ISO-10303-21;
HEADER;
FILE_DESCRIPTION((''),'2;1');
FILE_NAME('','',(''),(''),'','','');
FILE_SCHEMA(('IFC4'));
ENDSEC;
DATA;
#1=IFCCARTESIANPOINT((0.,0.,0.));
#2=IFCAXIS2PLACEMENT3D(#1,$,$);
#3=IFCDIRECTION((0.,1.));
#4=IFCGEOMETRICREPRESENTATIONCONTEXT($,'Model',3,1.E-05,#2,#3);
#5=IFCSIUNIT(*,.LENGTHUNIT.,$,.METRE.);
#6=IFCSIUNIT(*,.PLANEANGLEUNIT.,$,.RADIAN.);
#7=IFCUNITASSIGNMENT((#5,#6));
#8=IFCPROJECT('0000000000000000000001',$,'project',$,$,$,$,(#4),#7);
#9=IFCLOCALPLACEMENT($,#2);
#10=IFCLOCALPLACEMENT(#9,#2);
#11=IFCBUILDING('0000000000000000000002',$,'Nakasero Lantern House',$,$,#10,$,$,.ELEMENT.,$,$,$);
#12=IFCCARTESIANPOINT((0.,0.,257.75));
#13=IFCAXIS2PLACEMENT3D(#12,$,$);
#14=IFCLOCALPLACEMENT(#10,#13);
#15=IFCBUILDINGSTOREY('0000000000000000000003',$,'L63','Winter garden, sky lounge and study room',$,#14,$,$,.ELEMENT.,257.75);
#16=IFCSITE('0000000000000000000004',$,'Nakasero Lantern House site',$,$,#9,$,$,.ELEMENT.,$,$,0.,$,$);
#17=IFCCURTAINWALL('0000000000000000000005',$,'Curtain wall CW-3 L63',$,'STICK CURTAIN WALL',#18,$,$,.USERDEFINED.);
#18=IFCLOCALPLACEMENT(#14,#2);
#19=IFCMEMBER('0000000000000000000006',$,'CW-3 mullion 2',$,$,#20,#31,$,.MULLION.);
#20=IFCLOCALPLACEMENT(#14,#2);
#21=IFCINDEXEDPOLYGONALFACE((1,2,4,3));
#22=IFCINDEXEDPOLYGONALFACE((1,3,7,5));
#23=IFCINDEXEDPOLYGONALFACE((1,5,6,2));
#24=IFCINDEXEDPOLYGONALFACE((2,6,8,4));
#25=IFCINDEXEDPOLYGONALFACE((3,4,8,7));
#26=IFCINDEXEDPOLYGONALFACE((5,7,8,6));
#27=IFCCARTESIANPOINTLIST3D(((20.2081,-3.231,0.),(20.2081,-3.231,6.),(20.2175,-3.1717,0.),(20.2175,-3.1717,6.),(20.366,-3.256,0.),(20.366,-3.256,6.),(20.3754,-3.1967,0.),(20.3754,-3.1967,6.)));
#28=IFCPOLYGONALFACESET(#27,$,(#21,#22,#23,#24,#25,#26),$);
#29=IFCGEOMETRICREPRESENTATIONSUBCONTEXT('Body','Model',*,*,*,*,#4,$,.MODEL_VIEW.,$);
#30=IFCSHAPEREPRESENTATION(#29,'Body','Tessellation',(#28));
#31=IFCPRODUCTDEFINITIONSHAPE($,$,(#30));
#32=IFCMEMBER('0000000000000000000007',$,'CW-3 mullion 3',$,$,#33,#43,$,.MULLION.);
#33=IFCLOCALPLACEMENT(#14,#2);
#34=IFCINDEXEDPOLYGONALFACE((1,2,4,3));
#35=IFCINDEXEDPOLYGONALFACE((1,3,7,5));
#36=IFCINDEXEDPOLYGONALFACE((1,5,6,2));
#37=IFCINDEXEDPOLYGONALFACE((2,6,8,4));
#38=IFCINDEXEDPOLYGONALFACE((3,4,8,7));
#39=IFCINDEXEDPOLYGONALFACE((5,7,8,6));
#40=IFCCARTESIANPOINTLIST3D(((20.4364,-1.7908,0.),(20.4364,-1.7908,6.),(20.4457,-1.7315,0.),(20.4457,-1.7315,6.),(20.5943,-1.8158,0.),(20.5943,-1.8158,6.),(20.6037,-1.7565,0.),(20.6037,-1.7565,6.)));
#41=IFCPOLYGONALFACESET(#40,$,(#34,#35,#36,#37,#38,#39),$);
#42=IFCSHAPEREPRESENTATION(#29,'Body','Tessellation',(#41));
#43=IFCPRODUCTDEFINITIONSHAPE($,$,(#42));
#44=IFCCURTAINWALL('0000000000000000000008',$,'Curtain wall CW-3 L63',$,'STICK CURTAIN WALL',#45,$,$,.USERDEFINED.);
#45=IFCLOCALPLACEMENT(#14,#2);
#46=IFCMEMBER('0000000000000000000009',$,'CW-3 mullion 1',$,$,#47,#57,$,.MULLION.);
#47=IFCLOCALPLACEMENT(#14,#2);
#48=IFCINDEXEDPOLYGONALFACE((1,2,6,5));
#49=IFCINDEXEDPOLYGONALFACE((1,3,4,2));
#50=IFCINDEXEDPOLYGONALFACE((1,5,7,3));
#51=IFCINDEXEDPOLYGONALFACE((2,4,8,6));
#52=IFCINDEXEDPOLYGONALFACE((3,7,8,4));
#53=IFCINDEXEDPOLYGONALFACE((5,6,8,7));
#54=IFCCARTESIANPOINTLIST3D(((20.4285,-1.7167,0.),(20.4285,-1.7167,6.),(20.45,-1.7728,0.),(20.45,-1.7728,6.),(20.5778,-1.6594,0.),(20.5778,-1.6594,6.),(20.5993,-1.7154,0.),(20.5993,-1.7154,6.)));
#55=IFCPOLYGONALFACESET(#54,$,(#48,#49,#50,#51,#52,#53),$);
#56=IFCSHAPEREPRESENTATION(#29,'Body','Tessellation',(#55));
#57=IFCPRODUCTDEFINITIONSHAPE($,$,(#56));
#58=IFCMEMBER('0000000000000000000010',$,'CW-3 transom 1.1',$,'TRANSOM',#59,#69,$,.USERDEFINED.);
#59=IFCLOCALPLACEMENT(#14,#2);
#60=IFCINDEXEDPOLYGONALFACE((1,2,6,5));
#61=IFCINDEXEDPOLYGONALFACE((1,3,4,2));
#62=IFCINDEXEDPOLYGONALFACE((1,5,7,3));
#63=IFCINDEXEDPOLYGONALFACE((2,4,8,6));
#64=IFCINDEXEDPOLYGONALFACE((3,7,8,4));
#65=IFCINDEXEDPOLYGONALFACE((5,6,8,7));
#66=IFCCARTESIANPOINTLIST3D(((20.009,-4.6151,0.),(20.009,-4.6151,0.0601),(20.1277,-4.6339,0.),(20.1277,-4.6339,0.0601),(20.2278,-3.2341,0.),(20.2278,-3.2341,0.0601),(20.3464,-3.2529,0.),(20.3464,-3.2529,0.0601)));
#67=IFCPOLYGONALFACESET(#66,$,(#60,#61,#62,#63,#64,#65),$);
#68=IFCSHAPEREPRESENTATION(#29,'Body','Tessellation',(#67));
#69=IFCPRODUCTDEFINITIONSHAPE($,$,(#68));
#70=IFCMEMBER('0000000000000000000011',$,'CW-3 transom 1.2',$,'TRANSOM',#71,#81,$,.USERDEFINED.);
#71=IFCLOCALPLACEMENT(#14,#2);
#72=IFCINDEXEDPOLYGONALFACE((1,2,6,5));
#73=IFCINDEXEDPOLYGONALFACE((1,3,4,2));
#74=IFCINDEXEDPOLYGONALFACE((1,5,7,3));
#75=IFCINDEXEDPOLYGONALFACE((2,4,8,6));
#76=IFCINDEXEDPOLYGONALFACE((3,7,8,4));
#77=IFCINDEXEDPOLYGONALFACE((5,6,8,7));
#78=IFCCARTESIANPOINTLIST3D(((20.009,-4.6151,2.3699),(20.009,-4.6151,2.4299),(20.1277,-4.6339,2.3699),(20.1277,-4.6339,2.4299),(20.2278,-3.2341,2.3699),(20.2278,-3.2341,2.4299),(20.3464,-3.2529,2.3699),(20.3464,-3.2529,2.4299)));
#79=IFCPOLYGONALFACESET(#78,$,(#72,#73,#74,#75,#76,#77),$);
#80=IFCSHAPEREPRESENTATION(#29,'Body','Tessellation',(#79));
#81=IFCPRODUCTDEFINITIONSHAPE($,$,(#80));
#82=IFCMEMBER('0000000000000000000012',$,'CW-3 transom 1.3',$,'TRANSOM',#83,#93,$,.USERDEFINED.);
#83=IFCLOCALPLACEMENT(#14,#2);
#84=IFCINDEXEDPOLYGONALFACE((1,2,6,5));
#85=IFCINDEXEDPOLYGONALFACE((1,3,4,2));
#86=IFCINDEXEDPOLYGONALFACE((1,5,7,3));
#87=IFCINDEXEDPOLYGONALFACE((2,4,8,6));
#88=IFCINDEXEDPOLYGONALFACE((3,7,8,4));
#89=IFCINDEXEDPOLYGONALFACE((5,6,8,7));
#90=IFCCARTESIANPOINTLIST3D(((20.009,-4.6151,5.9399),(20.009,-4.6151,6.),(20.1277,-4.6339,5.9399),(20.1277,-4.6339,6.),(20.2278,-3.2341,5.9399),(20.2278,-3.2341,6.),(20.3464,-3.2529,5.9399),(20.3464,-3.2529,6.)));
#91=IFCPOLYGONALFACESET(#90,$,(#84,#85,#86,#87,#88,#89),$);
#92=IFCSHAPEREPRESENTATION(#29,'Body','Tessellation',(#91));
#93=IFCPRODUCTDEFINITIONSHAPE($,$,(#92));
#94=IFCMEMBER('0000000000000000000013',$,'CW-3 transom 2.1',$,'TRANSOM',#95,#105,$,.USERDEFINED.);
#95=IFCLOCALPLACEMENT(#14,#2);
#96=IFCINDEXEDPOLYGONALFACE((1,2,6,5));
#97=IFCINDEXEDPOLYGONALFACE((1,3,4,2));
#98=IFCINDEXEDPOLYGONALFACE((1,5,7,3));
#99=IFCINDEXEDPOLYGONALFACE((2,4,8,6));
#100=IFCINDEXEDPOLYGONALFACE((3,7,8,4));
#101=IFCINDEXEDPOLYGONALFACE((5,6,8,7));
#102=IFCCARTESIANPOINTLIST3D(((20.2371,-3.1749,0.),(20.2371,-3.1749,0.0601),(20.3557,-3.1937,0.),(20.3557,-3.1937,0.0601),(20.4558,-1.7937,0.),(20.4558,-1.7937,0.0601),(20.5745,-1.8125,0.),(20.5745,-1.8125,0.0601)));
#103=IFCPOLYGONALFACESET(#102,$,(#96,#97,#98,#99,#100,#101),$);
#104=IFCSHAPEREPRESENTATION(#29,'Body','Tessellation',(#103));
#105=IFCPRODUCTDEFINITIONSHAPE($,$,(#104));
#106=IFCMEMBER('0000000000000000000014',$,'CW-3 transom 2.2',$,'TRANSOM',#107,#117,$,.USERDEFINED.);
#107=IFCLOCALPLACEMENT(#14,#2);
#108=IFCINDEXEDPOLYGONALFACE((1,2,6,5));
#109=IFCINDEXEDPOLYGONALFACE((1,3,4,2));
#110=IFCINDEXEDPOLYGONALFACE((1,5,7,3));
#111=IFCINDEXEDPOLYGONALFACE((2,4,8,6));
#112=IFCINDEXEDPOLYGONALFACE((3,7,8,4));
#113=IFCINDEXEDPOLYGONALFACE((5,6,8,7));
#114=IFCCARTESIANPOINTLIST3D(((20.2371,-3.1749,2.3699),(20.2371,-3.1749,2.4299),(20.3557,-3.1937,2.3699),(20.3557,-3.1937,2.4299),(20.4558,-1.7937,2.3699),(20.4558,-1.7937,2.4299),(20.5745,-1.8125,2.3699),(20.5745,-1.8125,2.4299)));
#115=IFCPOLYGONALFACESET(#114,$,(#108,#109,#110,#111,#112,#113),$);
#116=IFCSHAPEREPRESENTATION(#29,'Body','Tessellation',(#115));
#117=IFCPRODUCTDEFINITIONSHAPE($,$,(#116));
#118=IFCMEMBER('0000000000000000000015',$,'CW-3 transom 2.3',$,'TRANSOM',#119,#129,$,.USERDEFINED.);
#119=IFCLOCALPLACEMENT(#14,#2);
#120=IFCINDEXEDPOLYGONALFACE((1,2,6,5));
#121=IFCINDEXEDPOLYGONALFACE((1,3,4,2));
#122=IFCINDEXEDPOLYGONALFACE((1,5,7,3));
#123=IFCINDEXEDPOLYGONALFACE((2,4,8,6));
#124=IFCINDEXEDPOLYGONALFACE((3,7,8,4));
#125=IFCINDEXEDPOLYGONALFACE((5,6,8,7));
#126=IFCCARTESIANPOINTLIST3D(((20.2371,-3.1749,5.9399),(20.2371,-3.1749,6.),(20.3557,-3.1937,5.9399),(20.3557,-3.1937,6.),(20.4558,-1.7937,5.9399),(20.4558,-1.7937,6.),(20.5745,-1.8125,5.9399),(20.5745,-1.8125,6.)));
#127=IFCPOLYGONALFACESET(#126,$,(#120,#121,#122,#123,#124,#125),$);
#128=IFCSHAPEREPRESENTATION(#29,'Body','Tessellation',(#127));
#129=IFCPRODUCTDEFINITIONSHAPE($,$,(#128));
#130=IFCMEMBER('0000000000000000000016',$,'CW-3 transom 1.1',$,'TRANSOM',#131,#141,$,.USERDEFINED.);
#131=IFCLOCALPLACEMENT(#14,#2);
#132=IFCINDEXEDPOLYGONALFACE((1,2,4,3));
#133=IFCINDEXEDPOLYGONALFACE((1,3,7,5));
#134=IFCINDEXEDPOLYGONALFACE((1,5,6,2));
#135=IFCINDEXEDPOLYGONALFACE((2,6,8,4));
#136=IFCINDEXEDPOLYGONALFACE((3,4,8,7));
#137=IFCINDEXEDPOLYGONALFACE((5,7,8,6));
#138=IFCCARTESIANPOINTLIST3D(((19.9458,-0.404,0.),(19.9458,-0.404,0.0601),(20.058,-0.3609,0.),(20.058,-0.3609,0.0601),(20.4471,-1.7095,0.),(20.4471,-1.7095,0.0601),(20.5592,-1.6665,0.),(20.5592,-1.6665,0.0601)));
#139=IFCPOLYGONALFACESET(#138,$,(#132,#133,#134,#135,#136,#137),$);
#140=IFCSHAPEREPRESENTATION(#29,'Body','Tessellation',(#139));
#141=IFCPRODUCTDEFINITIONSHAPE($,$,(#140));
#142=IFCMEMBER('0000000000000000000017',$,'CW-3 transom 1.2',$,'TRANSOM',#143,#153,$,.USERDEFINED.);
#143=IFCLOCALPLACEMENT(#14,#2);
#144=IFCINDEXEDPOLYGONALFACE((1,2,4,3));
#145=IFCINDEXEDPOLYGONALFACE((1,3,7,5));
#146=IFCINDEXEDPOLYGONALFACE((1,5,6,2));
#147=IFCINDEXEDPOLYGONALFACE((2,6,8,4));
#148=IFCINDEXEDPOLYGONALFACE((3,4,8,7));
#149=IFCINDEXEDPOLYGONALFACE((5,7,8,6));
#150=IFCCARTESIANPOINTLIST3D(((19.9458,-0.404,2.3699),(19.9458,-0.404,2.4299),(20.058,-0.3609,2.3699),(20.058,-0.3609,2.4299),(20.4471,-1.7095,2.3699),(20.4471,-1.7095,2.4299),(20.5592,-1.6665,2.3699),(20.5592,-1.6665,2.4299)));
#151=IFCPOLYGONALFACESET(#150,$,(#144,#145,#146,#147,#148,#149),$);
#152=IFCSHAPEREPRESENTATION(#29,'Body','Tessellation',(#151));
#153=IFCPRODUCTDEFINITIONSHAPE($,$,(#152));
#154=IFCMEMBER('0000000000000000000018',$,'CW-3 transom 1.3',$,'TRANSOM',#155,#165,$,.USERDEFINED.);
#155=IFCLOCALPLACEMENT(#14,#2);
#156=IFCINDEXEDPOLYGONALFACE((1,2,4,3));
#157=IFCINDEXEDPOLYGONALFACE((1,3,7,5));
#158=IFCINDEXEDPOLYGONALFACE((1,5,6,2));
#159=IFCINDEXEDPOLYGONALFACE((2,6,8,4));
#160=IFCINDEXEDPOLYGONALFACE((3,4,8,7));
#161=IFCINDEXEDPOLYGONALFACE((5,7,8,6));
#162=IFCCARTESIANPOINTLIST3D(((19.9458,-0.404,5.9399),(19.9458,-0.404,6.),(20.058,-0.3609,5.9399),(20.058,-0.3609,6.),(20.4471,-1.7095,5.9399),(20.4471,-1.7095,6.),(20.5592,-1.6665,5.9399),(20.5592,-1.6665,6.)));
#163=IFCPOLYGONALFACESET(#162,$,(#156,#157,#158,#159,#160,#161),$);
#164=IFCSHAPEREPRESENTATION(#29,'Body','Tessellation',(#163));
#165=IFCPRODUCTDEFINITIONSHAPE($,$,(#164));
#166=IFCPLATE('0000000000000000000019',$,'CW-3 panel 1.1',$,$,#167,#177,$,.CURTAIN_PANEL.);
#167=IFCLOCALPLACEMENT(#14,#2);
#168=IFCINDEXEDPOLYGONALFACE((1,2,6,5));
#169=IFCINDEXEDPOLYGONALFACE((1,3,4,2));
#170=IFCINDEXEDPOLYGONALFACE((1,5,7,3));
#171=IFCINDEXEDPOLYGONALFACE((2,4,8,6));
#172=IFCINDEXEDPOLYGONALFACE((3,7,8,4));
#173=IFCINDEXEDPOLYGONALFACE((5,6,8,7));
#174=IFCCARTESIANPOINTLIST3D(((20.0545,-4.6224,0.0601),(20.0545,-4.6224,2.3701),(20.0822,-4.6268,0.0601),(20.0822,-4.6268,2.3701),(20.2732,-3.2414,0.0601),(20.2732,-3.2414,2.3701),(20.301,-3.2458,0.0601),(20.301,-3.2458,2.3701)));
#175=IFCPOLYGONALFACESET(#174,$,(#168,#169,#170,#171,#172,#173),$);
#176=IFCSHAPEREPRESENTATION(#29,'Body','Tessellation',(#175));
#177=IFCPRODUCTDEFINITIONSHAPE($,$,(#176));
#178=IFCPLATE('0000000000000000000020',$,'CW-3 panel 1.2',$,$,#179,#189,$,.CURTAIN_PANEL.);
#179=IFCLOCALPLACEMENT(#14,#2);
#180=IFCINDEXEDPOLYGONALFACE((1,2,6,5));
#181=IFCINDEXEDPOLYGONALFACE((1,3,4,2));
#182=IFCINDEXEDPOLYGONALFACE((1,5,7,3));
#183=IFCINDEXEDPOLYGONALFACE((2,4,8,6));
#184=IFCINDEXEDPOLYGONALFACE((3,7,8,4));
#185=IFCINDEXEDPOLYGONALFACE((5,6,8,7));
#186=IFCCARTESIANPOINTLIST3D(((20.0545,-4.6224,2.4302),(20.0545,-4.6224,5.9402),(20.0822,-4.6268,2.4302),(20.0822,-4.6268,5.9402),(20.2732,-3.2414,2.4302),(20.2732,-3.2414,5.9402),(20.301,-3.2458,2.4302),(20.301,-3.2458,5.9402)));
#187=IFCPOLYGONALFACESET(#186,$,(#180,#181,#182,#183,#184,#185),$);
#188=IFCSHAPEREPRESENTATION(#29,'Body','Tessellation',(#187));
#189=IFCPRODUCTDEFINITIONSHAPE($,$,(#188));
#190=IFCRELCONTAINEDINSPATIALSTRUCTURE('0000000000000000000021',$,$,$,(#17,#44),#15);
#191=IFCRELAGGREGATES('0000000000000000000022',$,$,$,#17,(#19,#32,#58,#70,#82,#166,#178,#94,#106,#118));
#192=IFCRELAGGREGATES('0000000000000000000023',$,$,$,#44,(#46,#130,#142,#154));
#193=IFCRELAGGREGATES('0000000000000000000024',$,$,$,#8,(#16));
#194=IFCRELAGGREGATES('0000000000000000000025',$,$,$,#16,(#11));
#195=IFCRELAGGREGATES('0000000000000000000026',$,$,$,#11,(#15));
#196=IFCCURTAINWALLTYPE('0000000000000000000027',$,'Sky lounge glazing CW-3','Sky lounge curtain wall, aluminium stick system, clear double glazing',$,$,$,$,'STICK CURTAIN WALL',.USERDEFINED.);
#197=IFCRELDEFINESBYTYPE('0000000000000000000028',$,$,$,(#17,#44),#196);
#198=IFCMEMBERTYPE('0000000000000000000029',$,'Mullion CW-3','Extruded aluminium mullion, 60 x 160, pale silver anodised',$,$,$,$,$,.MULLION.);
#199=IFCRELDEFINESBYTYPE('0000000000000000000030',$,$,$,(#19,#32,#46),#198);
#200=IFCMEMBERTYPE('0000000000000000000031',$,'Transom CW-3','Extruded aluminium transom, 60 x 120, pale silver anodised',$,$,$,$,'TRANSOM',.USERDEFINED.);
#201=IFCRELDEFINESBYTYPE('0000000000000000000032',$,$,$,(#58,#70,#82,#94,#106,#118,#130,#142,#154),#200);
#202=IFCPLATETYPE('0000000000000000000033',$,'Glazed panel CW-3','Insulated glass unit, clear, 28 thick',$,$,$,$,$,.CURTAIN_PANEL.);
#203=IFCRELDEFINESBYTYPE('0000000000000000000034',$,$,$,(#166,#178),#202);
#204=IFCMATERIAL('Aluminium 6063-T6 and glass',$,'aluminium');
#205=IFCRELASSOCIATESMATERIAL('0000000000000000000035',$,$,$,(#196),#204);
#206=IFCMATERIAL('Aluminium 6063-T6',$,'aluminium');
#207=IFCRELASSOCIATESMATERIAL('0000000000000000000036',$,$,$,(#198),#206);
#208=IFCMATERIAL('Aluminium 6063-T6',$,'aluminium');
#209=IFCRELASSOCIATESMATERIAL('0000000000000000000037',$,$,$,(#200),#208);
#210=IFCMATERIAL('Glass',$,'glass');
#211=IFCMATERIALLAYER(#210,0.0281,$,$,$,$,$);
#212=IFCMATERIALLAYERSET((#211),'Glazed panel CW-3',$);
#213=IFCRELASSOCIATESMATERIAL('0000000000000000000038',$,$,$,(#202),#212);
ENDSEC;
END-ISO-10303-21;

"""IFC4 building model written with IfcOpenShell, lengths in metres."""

from ifc_helpers import new_model, si_unit, direction, frame, origin, origin_2d, place, context, subcontext, project, spatial, rectangle, extrude, material, layer, layer_set, material_profile, profile_set, type_object, element, aggregate, save


model = new_model("IFC4")

# Units and contexts
model_context = context("Model", 3, precision=1e-05, world=origin(), true_north=direction((0.0, 1.0)))
body_context = subcontext(model_context, "Body", "Model", "MODEL_VIEW")
ifc_project = project(units=[si_unit("LENGTHUNIT", "METRE"), si_unit("PLANEANGLEUNIT", "RADIAN")], contexts=[model_context])

# Site, building, storey
site_placement = place(None, origin())
site = spatial("IfcSite", under=ifc_project, at=site_placement, Name="Nakasero Lantern House site", CompositionType="ELEMENT", RefElevation=0.0)
building_placement = place(site_placement, origin())
building = spatial("IfcBuilding", under=site, at=building_placement, Name="Nakasero Lantern House", CompositionType="ELEMENT")
storey_placement = place(building_placement, frame((0.0, 0.0, 257.75)))
storey = spatial("IfcBuildingStorey", under=building, at=storey_placement, Name="L63", Description="Winter garden, sky lounge and study room", CompositionType="ELEMENT", Elevation=257.75)

# Curtain wall, members
ifc_material_1 = material(Name="Aluminium 6063-T6 and glass", Category="aluminium")
curtain_wall_type = type_object("IfcCurtainWallType", Name="Sky lounge glazing CW-3", Description="Sky lounge curtain wall, aluminium stick system, clear double glazing", ElementType="STICK CURTAIN WALL", PredefinedType="USERDEFINED", material=ifc_material_1)
curtain_wall_1_placement = place(storey_placement, origin())
curtain_wall_1 = element("IfcCurtainWall", 1, at=curtain_wall_1_placement, inside=storey, type_object=curtain_wall_type, Name="Curtain wall CW-3 L63", ObjectType="STICK CURTAIN WALL", PredefinedType="USERDEFINED")
ifc_material_2 = material(Name="Aluminium 6063-T6", Category="aluminium")
ifc_material_profile_1 = material_profile(ifc_material_2, rectangle(XDim=0.0601, YDim=0.1599, at=origin_2d()), Name="CW-3 mullion 60x160")
ifc_profile_set_1 = profile_set([ifc_material_profile_1], Name="Aluminium 6063-T6")
member_type_1 = type_object("IfcMemberType", Name="Mullion CW-3", Description="Extruded aluminium mullion, 60 x 160, pale silver anodised", PredefinedType="MULLION", material=ifc_profile_set_1)
member_1_placement = place(storey_placement, frame((20.2917, -3.2139, 0.0), z_axis=(0.0, 0.0, 1.0), x_axis=(0.156434, 0.987688, 0.0)))
member_1 = element("IfcMember", 2, at=member_1_placement, type_object=member_type_1, Name="CW-3 mullion 2", PredefinedType="MULLION", context=body_context, shape_type="SweptSolid", body=[
    extrude(rectangle(XDim=0.0601, YDim=0.1599, at=origin_2d()), origin(), (0.0, 0.0, 1.0), 6.0),
])
member_2_placement = place(storey_placement, frame((20.52, -1.7737, 0.0), z_axis=(0.0, 0.0, 1.0), x_axis=(0.156434, 0.987688, 0.0)))
member_2 = element("IfcMember", 3, at=member_2_placement, type_object=member_type_1, Name="CW-3 mullion 3", PredefinedType="MULLION", context=body_context, shape_type="SweptSolid", body=[
    extrude(rectangle(XDim=0.0601, YDim=0.1599, at=origin_2d()), origin(), (0.0, 0.0, 1.0), 6.0),
])

# Curtain wall, member
curtain_wall_2_placement = place(storey_placement, origin())
curtain_wall_2 = element("IfcCurtainWall", 4, at=curtain_wall_2_placement, inside=storey, type_object=curtain_wall_type, Name="Curtain wall CW-3 L63", ObjectType="STICK CURTAIN WALL", PredefinedType="USERDEFINED")
member_3_placement = place(storey_placement, frame((20.5139, -1.7161, 0.0), z_axis=(0.0, 0.0, 1.0), x_axis=(-0.358368, 0.93358, 0.0)))
member_3 = element("IfcMember", 5, at=member_3_placement, type_object=member_type_1, Name="CW-3 mullion 1", PredefinedType="MULLION", context=body_context, shape_type="SweptSolid", body=[
    extrude(rectangle(XDim=0.0601, YDim=0.1599, at=origin_2d()), origin(), (0.0, 0.0, 1.0), 6.0),
])

# Members
ifc_material_3 = material(Name="Aluminium 6063-T6", Category="aluminium")
ifc_material_profile_2 = material_profile(ifc_material_3, rectangle(XDim=0.0601, YDim=0.1201, at=origin_2d()), Name="CW-3 transom 60x120")
ifc_profile_set_2 = profile_set([ifc_material_profile_2], Name="Aluminium 6063-T6")
member_type_2 = type_object("IfcMemberType", Name="Transom CW-3", Description="Extruded aluminium transom, 60 x 120, pale silver anodised", ElementType="TRANSOM", PredefinedType="USERDEFINED", material=ifc_profile_set_2)
member_4_placement = place(storey_placement, frame((20.0684, -4.6245, 0.03), z_axis=(0.156465, 0.987684, 0.0), x_axis=(0.0, 0.0, 1.0)))
member_4 = element("IfcMember", 6, at=member_4_placement, type_object=member_type_2, Name="CW-3 transom 1.1", ObjectType="TRANSOM", PredefinedType="USERDEFINED", context=body_context, shape_type="SweptSolid", body=[
    extrude(rectangle(XDim=0.0601, YDim=0.1201, at=origin_2d()), origin(), (0.0, 0.0, 1.0), 1.3982),
])
member_5_placement = place(storey_placement, frame((20.0684, -4.6245, 2.3999), z_axis=(0.156465, 0.987684, 0.0), x_axis=(0.0, 0.0, 1.0)))
member_5 = element("IfcMember", 7, at=member_5_placement, type_object=member_type_2, Name="CW-3 transom 1.2", ObjectType="TRANSOM", PredefinedType="USERDEFINED", context=body_context, shape_type="SweptSolid", body=[
    extrude(rectangle(XDim=0.0601, YDim=0.1201, at=origin_2d()), origin(), (0.0, 0.0, 1.0), 1.3982),
])
member_6_placement = place(storey_placement, frame((20.0684, -4.6245, 5.97), z_axis=(0.156465, 0.987684, 0.0), x_axis=(0.0, 0.0, 1.0)))
member_6 = element("IfcMember", 8, at=member_6_placement, type_object=member_type_2, Name="CW-3 transom 1.3", ObjectType="TRANSOM", PredefinedType="USERDEFINED", context=body_context, shape_type="SweptSolid", body=[
    extrude(rectangle(XDim=0.0601, YDim=0.1201, at=origin_2d()), origin(), (0.0, 0.0, 1.0), 1.3982),
])
member_7_placement = place(storey_placement, frame((20.2964, -3.1843, 0.03), z_axis=(0.156438, 0.987688, 0.0), x_axis=(0.0, 0.0, 1.0)))
member_7 = element("IfcMember", 9, at=member_7_placement, type_object=member_type_2, Name="CW-3 transom 2.1", ObjectType="TRANSOM", PredefinedType="USERDEFINED", context=body_context, shape_type="SweptSolid", body=[
    extrude(rectangle(XDim=0.0601, YDim=0.1201, at=origin_2d()), origin(), (0.0, 0.0, 1.0), 1.3984),
])
member_8_placement = place(storey_placement, frame((20.2964, -3.1843, 2.3999), z_axis=(0.156438, 0.987688, 0.0), x_axis=(0.0, 0.0, 1.0)))
member_8 = element("IfcMember", 10, at=member_8_placement, type_object=member_type_2, Name="CW-3 transom 2.2", ObjectType="TRANSOM", PredefinedType="USERDEFINED", context=body_context, shape_type="SweptSolid", body=[
    extrude(rectangle(XDim=0.0601, YDim=0.1201, at=origin_2d()), origin(), (0.0, 0.0, 1.0), 1.3984),
])
member_9_placement = place(storey_placement, frame((20.2964, -3.1843, 5.97), z_axis=(0.156438, 0.987688, 0.0), x_axis=(0.0, 0.0, 1.0)))
member_9 = element("IfcMember", 11, at=member_9_placement, type_object=member_type_2, Name="CW-3 transom 2.3", ObjectType="TRANSOM", PredefinedType="USERDEFINED", context=body_context, shape_type="SweptSolid", body=[
    extrude(rectangle(XDim=0.0601, YDim=0.1201, at=origin_2d()), origin(), (0.0, 0.0, 1.0), 1.3984),
])
member_10_placement = place(storey_placement, frame((20.5032, -1.688, 0.03), z_axis=(-0.358441, 0.933552, 0.0), x_axis=(0.0, 0.0, 1.0)))
member_10 = element("IfcMember", 12, at=member_10_placement, type_object=member_type_2, Name="CW-3 transom 1.1", ObjectType="TRANSOM", PredefinedType="USERDEFINED", context=body_context, shape_type="SweptSolid", body=[
    extrude(rectangle(XDim=0.0601, YDim=0.1201, at=origin_2d()), origin(), (0.0, 0.0, 1.0), 1.3984),
])
member_11_placement = place(storey_placement, frame((20.5032, -1.688, 2.3999), z_axis=(-0.358441, 0.933552, 0.0), x_axis=(0.0, 0.0, 1.0)))
member_11 = element("IfcMember", 13, at=member_11_placement, type_object=member_type_2, Name="CW-3 transom 1.2", ObjectType="TRANSOM", PredefinedType="USERDEFINED", context=body_context, shape_type="SweptSolid", body=[
    extrude(rectangle(XDim=0.0601, YDim=0.1201, at=origin_2d()), origin(), (0.0, 0.0, 1.0), 1.3984),
])
member_12_placement = place(storey_placement, frame((20.5032, -1.688, 5.97), z_axis=(-0.358441, 0.933552, 0.0), x_axis=(0.0, 0.0, 1.0)))
member_12 = element("IfcMember", 14, at=member_12_placement, type_object=member_type_2, Name="CW-3 transom 1.3", ObjectType="TRANSOM", PredefinedType="USERDEFINED", context=body_context, shape_type="SweptSolid", body=[
    extrude(rectangle(XDim=0.0601, YDim=0.1201, at=origin_2d()), origin(), (0.0, 0.0, 1.0), 1.3984),
])

# Plates
ifc_material_4 = material(Name="Glass", Category="glass")
ifc_layer_1 = layer(ifc_material_4, 0.0281)
ifc_layer_set_1 = layer_set([ifc_layer_1], Name="Glazed panel CW-3")
plate_type = type_object("IfcPlateType", Name="Glazed panel CW-3", Description="Insulated glass unit, clear, 28 thick", PredefinedType="CURTAIN_PANEL", material=ifc_layer_set_1)
plate_1_placement = place(storey_placement, frame((20.1777, -3.9341, 0.0601), z_axis=(0.0, 0.0, 1.0), x_axis=(0.156434, 0.987688, 0.0)))
plate_1 = element("IfcPlate", 15, at=plate_1_placement, type_object=plate_type, Name="CW-3 panel 1.1", PredefinedType="CURTAIN_PANEL", context=body_context, shape_type="SweptSolid", body=[
    extrude(rectangle(XDim=1.3982, YDim=0.0281, at=origin_2d()), origin(), (0.0, 0.0, 1.0), 2.3101),
])
plate_2_placement = place(storey_placement, frame((20.1777, -3.9341, 2.4302), z_axis=(0.0, 0.0, 1.0), x_axis=(0.156434, 0.987688, 0.0)))
plate_2 = element("IfcPlate", 16, at=plate_2_placement, type_object=plate_type, Name="CW-3 panel 1.2", PredefinedType="CURTAIN_PANEL", context=body_context, shape_type="SweptSolid", body=[
    extrude(rectangle(XDim=1.3982, YDim=0.0281, at=origin_2d()), origin(), (0.0, 0.0, 1.0), 3.51),
])
aggregate(curtain_wall_1, [member_1, member_2, member_4, member_5, member_6, plate_1, plate_2, member_7, member_8, member_9])
aggregate(curtain_wall_2, [member_3, member_10, member_11, member_12])

save(model, "model.ifc")
